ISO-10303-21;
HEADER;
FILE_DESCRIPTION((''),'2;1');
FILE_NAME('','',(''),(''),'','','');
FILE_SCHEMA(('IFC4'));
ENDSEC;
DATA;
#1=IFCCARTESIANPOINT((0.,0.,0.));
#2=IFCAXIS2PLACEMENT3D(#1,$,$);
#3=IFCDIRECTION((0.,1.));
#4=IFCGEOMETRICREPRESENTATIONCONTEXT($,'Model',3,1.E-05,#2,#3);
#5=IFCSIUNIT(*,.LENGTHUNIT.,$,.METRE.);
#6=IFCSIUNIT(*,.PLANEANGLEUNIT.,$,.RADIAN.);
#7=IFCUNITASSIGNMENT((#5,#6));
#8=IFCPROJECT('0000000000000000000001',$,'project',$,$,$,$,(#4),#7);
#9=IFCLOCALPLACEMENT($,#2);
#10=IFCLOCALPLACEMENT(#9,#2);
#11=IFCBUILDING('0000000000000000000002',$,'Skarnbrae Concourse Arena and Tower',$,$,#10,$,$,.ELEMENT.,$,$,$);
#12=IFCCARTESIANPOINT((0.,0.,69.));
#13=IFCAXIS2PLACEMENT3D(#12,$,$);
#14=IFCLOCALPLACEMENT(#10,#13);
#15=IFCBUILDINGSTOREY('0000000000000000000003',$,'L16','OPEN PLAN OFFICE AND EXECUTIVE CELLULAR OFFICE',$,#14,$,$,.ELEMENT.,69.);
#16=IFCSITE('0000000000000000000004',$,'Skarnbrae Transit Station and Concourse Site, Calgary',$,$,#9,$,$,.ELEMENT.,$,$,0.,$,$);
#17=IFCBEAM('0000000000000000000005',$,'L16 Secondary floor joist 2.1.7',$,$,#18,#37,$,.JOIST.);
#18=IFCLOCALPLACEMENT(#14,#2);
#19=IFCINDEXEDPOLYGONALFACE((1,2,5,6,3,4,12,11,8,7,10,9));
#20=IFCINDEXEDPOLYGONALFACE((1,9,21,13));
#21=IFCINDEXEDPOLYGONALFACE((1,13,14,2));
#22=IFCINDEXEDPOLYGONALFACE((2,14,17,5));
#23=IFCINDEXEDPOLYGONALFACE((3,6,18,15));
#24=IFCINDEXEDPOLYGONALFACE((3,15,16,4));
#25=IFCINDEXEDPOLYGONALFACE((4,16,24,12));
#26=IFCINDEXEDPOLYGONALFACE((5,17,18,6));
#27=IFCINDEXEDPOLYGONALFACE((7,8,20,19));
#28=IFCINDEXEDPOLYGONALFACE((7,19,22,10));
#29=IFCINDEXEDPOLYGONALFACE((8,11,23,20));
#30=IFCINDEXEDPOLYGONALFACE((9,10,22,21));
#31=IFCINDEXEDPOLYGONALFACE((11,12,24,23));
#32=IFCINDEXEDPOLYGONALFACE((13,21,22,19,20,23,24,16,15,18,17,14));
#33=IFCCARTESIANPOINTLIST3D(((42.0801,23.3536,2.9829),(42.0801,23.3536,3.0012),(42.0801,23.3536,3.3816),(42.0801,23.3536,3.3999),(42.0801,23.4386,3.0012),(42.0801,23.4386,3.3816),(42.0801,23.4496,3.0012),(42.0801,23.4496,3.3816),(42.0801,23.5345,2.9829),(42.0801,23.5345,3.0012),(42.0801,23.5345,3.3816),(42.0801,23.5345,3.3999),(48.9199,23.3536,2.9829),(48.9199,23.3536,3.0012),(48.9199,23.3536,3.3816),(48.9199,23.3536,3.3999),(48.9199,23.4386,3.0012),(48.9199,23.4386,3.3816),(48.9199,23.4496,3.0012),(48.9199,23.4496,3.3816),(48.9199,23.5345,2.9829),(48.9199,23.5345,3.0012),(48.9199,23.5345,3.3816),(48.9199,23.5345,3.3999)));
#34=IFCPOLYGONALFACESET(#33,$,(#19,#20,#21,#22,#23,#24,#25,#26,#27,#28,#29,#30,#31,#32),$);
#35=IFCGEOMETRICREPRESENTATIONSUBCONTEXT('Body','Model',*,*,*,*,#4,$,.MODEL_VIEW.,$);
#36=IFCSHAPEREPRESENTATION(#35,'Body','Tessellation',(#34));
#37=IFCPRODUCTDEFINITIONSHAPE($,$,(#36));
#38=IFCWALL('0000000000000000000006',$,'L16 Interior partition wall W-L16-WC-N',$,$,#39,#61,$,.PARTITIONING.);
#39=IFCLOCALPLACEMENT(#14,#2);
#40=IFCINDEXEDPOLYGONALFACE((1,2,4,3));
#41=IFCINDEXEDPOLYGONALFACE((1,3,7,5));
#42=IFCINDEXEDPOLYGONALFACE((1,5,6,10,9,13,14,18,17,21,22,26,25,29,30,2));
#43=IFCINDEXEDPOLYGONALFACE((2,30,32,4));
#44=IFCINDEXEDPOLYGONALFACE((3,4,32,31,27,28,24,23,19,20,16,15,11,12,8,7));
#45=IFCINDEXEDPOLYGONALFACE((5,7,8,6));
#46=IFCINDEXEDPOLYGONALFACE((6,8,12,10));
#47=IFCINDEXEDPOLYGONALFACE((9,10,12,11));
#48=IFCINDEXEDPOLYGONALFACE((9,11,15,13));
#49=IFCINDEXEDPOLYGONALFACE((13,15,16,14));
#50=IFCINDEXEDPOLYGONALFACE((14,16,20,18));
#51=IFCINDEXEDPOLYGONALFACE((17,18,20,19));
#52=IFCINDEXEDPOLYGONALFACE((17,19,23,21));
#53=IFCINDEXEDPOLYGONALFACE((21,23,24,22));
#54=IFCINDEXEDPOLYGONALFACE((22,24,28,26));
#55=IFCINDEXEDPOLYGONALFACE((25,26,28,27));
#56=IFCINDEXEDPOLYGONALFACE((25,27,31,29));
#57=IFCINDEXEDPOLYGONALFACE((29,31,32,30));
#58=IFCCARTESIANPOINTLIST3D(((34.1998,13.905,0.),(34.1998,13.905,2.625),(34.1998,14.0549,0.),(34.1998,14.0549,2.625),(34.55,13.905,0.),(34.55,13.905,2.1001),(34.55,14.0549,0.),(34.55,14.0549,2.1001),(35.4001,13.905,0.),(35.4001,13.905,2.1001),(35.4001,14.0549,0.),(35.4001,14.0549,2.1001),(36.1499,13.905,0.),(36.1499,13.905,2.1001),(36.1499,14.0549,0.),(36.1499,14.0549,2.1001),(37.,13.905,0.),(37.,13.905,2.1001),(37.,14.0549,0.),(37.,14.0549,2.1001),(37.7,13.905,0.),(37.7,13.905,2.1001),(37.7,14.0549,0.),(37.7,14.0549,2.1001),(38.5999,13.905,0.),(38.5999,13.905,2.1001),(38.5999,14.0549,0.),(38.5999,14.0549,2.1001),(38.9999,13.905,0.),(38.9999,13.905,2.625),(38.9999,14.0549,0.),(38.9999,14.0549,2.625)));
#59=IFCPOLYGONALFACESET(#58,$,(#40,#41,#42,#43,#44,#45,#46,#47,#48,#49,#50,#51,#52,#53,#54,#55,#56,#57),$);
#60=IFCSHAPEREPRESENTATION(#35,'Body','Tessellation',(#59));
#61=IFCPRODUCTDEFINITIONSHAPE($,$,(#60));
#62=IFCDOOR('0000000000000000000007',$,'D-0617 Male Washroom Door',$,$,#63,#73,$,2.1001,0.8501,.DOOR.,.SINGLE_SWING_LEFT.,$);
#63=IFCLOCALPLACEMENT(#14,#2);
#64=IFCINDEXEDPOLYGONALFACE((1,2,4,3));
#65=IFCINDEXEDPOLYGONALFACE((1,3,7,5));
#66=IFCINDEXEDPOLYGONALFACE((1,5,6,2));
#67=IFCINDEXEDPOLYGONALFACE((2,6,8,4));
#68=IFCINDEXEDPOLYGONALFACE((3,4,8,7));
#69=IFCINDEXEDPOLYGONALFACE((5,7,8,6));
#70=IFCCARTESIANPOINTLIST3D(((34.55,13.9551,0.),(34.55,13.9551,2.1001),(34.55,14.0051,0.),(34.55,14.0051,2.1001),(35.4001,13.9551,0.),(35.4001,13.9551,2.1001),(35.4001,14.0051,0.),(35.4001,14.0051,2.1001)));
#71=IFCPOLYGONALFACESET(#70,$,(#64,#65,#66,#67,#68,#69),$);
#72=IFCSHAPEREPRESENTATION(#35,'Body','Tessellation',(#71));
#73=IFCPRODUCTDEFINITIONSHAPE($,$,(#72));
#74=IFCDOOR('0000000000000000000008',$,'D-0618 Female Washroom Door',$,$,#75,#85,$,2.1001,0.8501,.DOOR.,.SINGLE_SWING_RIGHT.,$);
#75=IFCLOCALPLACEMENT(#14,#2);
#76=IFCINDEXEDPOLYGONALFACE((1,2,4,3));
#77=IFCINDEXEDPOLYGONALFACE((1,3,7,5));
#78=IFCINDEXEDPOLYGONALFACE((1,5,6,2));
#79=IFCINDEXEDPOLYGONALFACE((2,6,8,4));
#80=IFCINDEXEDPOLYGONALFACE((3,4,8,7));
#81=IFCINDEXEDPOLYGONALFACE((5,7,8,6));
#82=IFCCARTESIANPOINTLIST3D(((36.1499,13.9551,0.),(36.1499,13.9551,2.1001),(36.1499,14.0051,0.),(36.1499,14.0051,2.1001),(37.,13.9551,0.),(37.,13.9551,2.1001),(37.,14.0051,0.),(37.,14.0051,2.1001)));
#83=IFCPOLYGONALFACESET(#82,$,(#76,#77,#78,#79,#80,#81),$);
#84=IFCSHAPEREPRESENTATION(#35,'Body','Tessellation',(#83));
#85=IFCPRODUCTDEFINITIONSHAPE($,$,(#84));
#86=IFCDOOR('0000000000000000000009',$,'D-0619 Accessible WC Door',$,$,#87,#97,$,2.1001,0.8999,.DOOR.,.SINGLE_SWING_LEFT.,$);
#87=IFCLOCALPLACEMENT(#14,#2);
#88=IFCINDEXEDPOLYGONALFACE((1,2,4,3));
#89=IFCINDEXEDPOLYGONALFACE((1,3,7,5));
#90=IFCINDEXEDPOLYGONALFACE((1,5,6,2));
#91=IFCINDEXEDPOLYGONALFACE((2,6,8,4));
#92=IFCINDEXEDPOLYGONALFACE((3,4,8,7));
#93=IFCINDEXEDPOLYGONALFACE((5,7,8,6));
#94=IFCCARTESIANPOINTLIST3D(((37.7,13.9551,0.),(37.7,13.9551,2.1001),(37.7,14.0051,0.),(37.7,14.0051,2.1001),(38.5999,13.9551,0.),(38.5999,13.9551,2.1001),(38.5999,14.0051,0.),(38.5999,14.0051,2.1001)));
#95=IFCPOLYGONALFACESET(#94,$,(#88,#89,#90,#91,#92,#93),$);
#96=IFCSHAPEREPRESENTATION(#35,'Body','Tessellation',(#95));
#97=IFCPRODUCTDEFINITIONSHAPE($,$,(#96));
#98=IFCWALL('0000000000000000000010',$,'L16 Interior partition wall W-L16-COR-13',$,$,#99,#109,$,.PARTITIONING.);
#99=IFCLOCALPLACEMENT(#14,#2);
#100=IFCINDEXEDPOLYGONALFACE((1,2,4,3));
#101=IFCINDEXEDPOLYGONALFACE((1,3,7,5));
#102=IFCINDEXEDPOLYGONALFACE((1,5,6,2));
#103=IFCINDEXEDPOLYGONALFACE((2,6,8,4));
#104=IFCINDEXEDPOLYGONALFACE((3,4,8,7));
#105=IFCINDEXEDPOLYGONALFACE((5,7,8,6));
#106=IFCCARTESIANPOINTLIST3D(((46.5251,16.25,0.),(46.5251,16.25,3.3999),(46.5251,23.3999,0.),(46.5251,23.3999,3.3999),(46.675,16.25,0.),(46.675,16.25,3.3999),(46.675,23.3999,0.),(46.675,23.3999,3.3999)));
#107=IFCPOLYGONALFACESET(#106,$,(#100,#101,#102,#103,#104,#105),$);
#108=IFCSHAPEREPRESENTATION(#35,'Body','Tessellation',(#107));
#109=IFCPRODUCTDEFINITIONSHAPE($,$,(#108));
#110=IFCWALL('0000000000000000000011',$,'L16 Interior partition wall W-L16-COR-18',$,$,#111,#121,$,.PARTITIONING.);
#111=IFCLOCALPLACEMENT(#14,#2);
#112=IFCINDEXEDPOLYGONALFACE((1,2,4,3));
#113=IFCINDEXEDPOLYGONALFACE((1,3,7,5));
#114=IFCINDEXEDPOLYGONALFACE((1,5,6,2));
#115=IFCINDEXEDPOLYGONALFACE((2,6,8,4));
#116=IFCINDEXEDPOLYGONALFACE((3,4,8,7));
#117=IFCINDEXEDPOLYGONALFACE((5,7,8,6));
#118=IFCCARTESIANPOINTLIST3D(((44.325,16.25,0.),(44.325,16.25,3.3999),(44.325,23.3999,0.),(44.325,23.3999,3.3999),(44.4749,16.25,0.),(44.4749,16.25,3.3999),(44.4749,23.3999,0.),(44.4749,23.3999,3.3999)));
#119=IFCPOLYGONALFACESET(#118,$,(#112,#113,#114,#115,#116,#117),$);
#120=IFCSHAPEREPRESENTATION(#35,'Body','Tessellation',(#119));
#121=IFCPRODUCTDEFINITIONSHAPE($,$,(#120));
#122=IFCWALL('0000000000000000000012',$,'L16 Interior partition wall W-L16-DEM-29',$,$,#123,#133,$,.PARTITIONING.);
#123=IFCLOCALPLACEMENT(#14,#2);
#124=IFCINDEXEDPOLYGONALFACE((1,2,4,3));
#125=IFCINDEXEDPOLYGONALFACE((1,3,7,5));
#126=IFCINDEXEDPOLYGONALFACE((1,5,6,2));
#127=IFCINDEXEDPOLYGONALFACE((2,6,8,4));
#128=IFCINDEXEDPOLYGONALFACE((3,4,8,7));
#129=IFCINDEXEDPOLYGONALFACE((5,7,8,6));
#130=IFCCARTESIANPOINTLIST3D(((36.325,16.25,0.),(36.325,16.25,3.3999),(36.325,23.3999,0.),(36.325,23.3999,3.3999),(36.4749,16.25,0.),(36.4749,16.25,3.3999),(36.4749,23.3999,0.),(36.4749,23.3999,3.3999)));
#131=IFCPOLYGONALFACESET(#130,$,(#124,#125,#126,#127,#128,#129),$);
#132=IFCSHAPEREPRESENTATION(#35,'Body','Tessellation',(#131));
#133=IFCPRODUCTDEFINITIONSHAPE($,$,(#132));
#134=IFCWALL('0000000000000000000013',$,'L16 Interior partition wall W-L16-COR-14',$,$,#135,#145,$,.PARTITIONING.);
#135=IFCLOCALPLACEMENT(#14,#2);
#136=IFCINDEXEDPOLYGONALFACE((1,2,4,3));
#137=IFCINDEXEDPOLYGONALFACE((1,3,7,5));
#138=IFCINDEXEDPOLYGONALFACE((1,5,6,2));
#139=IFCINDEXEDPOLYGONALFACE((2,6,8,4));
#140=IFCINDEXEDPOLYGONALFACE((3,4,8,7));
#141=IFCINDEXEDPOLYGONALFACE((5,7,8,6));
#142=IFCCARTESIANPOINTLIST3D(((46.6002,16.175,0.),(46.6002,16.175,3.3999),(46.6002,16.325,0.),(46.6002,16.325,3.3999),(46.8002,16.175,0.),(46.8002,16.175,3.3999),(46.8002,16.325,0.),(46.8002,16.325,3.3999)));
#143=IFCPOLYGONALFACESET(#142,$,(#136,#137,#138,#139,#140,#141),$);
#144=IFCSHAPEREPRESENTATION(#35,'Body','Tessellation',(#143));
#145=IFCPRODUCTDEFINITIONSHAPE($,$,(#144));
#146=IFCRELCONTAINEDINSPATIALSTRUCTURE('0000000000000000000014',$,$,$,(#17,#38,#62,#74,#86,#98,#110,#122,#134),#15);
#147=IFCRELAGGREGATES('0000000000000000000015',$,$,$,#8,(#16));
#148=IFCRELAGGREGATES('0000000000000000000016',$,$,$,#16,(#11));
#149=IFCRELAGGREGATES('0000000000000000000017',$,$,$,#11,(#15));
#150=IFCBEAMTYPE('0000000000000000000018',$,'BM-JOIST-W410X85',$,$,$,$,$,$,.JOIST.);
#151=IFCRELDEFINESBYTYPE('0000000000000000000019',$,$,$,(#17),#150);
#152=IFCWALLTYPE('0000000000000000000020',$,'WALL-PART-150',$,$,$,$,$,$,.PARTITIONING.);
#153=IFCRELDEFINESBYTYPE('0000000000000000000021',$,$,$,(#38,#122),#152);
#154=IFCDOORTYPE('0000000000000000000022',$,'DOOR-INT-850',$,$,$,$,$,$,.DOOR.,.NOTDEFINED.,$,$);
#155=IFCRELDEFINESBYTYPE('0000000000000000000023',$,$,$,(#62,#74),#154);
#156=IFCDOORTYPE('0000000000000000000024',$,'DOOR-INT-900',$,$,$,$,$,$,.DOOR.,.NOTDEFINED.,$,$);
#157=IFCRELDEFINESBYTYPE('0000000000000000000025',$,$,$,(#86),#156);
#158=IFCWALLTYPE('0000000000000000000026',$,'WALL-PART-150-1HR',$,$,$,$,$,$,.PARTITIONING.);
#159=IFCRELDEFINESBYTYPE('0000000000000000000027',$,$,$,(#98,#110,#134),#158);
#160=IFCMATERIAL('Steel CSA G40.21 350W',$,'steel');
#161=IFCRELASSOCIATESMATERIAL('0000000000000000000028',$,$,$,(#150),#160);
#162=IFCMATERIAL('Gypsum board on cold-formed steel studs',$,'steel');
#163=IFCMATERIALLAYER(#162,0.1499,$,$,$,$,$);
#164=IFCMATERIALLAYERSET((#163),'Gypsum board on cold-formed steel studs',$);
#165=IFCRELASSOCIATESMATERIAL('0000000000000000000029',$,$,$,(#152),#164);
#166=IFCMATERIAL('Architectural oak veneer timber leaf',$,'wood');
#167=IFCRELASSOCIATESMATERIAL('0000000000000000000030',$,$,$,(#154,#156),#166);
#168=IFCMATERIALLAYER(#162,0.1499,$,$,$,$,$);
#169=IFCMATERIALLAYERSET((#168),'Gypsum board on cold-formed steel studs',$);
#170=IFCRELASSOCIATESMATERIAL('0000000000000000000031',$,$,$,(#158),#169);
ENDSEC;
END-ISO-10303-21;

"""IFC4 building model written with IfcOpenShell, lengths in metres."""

from ifc_helpers import new_model, si_unit, direction, frame, frame_2d, origin, origin_2d, place, context, subcontext, project, spatial, rectangle, i_section, extrude, source, transform, mapped, material, layer, layer_set, material_profile, profile_set, type_object, element, fill, save


model = new_model("IFC4")

# Units and contexts
model_context = context("Model", 3, precision=1e-05, world=origin(), true_north=direction((0.0, 1.0)))
body_context = subcontext(model_context, "Body", "Model", "MODEL_VIEW")
ifc_project = project(units=[si_unit("LENGTHUNIT", "METRE"), si_unit("PLANEANGLEUNIT", "RADIAN")], contexts=[model_context])

# Site, building, storey
site_placement = place(None, origin())
site = spatial("IfcSite", under=ifc_project, at=site_placement, Name="Skarnbrae Transit Station and Concourse Site, Calgary", CompositionType="ELEMENT", RefElevation=0.0)
building_placement = place(site_placement, origin())
building = spatial("IfcBuilding", under=site, at=building_placement, Name="Skarnbrae Concourse Arena and Tower", CompositionType="ELEMENT")
storey_placement = place(building_placement, frame((0.0, 0.0, 69.0)))
storey = spatial("IfcBuildingStorey", under=building, at=storey_placement, Name="L16", Description="OPEN PLAN OFFICE AND EXECUTIVE CELLULAR OFFICE", CompositionType="ELEMENT", Elevation=69.0)

# Shared definitions
ifc_material_1 = material(Name="Steel CSA G40.21 350W", Category="steel")

# Beam
ifc_material_profile_1 = material_profile(ifc_material_1, i_section(OverallWidth=0.1809, OverallDepth=0.417, WebThickness=0.011, FlangeThickness=0.0183, at=origin_2d()), Name="W410X85")
ifc_profile_set_1 = profile_set([ifc_material_profile_1], Name="Steel CSA G40.21 350W")
beam_type_1 = type_object("IfcBeamType", Name="BM-JOIST-W410X85", PredefinedType="JOIST", material=ifc_profile_set_1)
shared_shape_1 = source(origin(), body_context, "Body", "SweptSolid", [
    extrude(i_section(OverallWidth=0.1809, OverallDepth=0.417, WebThickness=0.011, FlangeThickness=0.0183, at=origin_2d()), origin(), (0.0, 0.0, 1.0), 6.8398),
])
for number, where, z_axis, x_axis, name in (
    (1, (42.0801, 23.4441, 3.1914), (1.0, 0.0, 0.0), (0.0, 1.0, 0.0), "L16 Secondary floor joist 2.1.7"),
):
    element("IfcBeam", number, at=place(storey_placement, frame(where, z_axis=z_axis, x_axis=x_axis)), inside=storey, type_object=beam_type_1, Name=name, PredefinedType="JOIST", context=body_context, shape_type="MappedRepresentation", body=[
        mapped(shared_shape_1, transform((0.0, 0.0, 0.0))),
    ])

# Wall, openings, doors
ifc_material_2 = material(Name="Gypsum board on cold-formed steel studs", Category="steel")
ifc_layer_1 = layer(ifc_material_2, 0.1499)
ifc_layer_set_1 = layer_set([ifc_layer_1], Name="Gypsum board on cold-formed steel studs")
wall_type_1 = type_object("IfcWallType", Name="WALL-PART-150", PredefinedType="PARTITIONING", material=ifc_layer_set_1)
shared_shape_2 = source(origin(), body_context, "Body", "SweptSolid", [
    extrude(rectangle(XDim=4.8, YDim=0.1499, at=frame_2d((2.3999, 0.0))), origin(), (0.0, 0.0, 1.0), 2.625),
])
wall_1_placement = place(storey_placement, frame((34.2, 13.98, 0.0), z_axis=(0.0, 0.0, 1.0), x_axis=(1.0, 0.0, 0.0)))
wall_1 = element("IfcWall", 2, at=wall_1_placement, inside=storey, type_object=wall_type_1, Name="L16 Interior partition wall W-L16-WC-N", PredefinedType="PARTITIONING", context=body_context, shape_type="MappedRepresentation", body=[
    mapped(shared_shape_2, transform((0.0, 0.0, 0.0))),
])
opening_1_placement = place(wall_1_placement, frame((0.3501, 0.0, 0.0)))
opening_1 = element("IfcOpeningElement", 3, at=opening_1_placement, cuts=wall_1, PredefinedType="OPENING", context=body_context, shape_type="SweptSolid", body=[
    extrude(rectangle(XDim=0.8501, YDim=2.1001, at=frame_2d((0.425, 1.05))), frame((0.0, 0.085, 0.0), z_axis=(0.0, -1.0, 0.0), x_axis=(1.0, 0.0, 0.0)), (0.0, 0.0, 1.0), 0.1699),
])
opening_2_placement = place(wall_1_placement, frame((1.95, 0.0, 0.0)))
opening_2 = element("IfcOpeningElement", 4, at=opening_2_placement, cuts=wall_1, PredefinedType="OPENING", context=body_context, shape_type="SweptSolid", body=[
    extrude(rectangle(XDim=0.8501, YDim=2.1001, at=frame_2d((0.425, 1.05))), frame((0.0, 0.085, 0.0), z_axis=(0.0, -1.0, 0.0), x_axis=(1.0, 0.0, 0.0)), (0.0, 0.0, 1.0), 0.1699),
])
opening_3_placement = place(wall_1_placement, frame((3.5, 0.0, 0.0)))
opening_3 = element("IfcOpeningElement", 5, at=opening_3_placement, cuts=wall_1, PredefinedType="OPENING", context=body_context, shape_type="SweptSolid", body=[
    extrude(rectangle(XDim=0.8999, YDim=2.1001, at=frame_2d((0.45, 1.05))), frame((0.0, 0.085, 0.0), z_axis=(0.0, -1.0, 0.0), x_axis=(1.0, 0.0, 0.0)), (0.0, 0.0, 1.0), 0.1699),
])
ifc_material_3 = material(Name="Architectural oak veneer timber leaf", Category="wood")
door_type_1 = type_object("IfcDoorType", Name="DOOR-INT-850", OperationType="NOTDEFINED", PredefinedType="DOOR", material=ifc_material_3)
shared_shape_3 = source(origin(), body_context, "Body", "SweptSolid", [
    extrude(rectangle(XDim=0.8501, YDim=2.1001, at=frame_2d((0.425, 1.05))), frame((0.0, 0.0249, 0.0), z_axis=(0.0, -1.0, 0.0), x_axis=(1.0, 0.0, 0.0)), (0.0, 0.0, 1.0), 0.05),
])
door_1_placement = place(opening_1_placement, frame((0.8501, 0.0, 0.0), z_axis=(0.0, 0.0, 1.0), x_axis=(-1.0, 0.0, 0.0)))
door_1 = element("IfcDoor", 6, at=door_1_placement, inside=storey, type_object=door_type_1, Name="D-0617 Male Washroom Door", OperationType="SINGLE_SWING_LEFT", OverallHeight=2.1001, OverallWidth=0.8501, PredefinedType="DOOR", context=body_context, shape_type="MappedRepresentation", body=[
    mapped(shared_shape_3, transform((0.0, 0.0, 0.0))),
])
fill(opening_1, door_1)
door_2_placement = place(opening_2_placement, frame((0.8501, 0.0, 0.0), z_axis=(0.0, 0.0, 1.0), x_axis=(-1.0, 0.0, 0.0)))
door_2 = element("IfcDoor", 7, at=door_2_placement, inside=storey, type_object=door_type_1, Name="D-0618 Female Washroom Door", OperationType="SINGLE_SWING_RIGHT", OverallHeight=2.1001, OverallWidth=0.8501, PredefinedType="DOOR", context=body_context, shape_type="MappedRepresentation", body=[
    mapped(shared_shape_3, transform((0.0, 0.0, 0.0))),
])
fill(opening_2, door_2)
door_type_2 = type_object("IfcDoorType", Name="DOOR-INT-900", OperationType="NOTDEFINED", PredefinedType="DOOR", material=ifc_material_3)
shared_shape_4 = source(origin(), body_context, "Body", "SweptSolid", [
    extrude(rectangle(XDim=0.8999, YDim=2.1001, at=frame_2d((0.45, 1.05))), frame((0.0, 0.0249, 0.0), z_axis=(0.0, -1.0, 0.0), x_axis=(1.0, 0.0, 0.0)), (0.0, 0.0, 1.0), 0.05),
])
door_3_placement = place(opening_3_placement, frame((0.8999, 0.0, 0.0), z_axis=(0.0, 0.0, 1.0), x_axis=(-1.0, 0.0, 0.0)))
door_3 = element("IfcDoor", 8, at=door_3_placement, inside=storey, type_object=door_type_2, Name="D-0619 Accessible WC Door", OperationType="SINGLE_SWING_LEFT", OverallHeight=2.1001, OverallWidth=0.8999, PredefinedType="DOOR", context=body_context, shape_type="MappedRepresentation", body=[
    mapped(shared_shape_4, transform((0.0, 0.0, 0.0))),
])
fill(opening_3, door_3)

# Walls
ifc_layer_2 = layer(ifc_material_2, 0.1499)
ifc_layer_set_2 = layer_set([ifc_layer_2], Name="Gypsum board on cold-formed steel studs")
wall_type_2 = type_object("IfcWallType", Name="WALL-PART-150-1HR", PredefinedType="PARTITIONING", material=ifc_layer_set_2)
shared_shape_5 = source(origin(), body_context, "Body", "SweptSolid", [
    extrude(rectangle(XDim=7.1499, YDim=0.1499, at=frame_2d((3.575, 0.0))), origin(), (0.0, 0.0, 1.0), 3.3999),
])
for number, where, z_axis, x_axis, name in (
    (9, (46.6001, 23.3999, 0.0), (0.0, 0.0, 1.0), (0.0, -1.0, 0.0), "L16 Interior partition wall W-L16-COR-13"),
    (10, (44.3999, 16.25, 0.0), (0.0, 0.0, 1.0), (0.0, 1.0, 0.0), "L16 Interior partition wall W-L16-COR-18"),
):
    element("IfcWall", number, at=place(storey_placement, frame(where, z_axis=z_axis, x_axis=x_axis)), inside=storey, type_object=wall_type_2, Name=name, PredefinedType="PARTITIONING", context=body_context, shape_type="MappedRepresentation", body=[
        mapped(shared_shape_5, transform((0.0, 0.0, 0.0))),
    ])
wall_2_placement = place(storey_placement, frame((36.3999, 23.3999, 0.0), z_axis=(0.0, 0.0, 1.0), x_axis=(0.0, -1.0, 0.0)))
element("IfcWall", 11, at=wall_2_placement, inside=storey, type_object=wall_type_1, Name="L16 Interior partition wall W-L16-DEM-29", PredefinedType="PARTITIONING", context=body_context, shape_type="MappedRepresentation", body=[
    mapped(shared_shape_5, transform((0.0, 0.0, 0.0))),
])
shared_shape_6 = source(origin(), body_context, "Body", "SweptSolid", [
    extrude(rectangle(XDim=0.2, YDim=0.1499, at=frame_2d((0.1001, 0.0))), origin(), (0.0, 0.0, 1.0), 3.3999),
])
wall_3_placement = place(storey_placement, frame((46.6001, 16.25, 0.0), z_axis=(0.0, 0.0, 1.0), x_axis=(1.0, 0.0, 0.0)))
element("IfcWall", 12, at=wall_3_placement, inside=storey, type_object=wall_type_2, Name="L16 Interior partition wall W-L16-COR-14", PredefinedType="PARTITIONING", context=body_context, shape_type="MappedRepresentation", body=[
    mapped(shared_shape_6, transform((0.0, 0.0, 0.0))),
])

save(model, "model.ifc")
